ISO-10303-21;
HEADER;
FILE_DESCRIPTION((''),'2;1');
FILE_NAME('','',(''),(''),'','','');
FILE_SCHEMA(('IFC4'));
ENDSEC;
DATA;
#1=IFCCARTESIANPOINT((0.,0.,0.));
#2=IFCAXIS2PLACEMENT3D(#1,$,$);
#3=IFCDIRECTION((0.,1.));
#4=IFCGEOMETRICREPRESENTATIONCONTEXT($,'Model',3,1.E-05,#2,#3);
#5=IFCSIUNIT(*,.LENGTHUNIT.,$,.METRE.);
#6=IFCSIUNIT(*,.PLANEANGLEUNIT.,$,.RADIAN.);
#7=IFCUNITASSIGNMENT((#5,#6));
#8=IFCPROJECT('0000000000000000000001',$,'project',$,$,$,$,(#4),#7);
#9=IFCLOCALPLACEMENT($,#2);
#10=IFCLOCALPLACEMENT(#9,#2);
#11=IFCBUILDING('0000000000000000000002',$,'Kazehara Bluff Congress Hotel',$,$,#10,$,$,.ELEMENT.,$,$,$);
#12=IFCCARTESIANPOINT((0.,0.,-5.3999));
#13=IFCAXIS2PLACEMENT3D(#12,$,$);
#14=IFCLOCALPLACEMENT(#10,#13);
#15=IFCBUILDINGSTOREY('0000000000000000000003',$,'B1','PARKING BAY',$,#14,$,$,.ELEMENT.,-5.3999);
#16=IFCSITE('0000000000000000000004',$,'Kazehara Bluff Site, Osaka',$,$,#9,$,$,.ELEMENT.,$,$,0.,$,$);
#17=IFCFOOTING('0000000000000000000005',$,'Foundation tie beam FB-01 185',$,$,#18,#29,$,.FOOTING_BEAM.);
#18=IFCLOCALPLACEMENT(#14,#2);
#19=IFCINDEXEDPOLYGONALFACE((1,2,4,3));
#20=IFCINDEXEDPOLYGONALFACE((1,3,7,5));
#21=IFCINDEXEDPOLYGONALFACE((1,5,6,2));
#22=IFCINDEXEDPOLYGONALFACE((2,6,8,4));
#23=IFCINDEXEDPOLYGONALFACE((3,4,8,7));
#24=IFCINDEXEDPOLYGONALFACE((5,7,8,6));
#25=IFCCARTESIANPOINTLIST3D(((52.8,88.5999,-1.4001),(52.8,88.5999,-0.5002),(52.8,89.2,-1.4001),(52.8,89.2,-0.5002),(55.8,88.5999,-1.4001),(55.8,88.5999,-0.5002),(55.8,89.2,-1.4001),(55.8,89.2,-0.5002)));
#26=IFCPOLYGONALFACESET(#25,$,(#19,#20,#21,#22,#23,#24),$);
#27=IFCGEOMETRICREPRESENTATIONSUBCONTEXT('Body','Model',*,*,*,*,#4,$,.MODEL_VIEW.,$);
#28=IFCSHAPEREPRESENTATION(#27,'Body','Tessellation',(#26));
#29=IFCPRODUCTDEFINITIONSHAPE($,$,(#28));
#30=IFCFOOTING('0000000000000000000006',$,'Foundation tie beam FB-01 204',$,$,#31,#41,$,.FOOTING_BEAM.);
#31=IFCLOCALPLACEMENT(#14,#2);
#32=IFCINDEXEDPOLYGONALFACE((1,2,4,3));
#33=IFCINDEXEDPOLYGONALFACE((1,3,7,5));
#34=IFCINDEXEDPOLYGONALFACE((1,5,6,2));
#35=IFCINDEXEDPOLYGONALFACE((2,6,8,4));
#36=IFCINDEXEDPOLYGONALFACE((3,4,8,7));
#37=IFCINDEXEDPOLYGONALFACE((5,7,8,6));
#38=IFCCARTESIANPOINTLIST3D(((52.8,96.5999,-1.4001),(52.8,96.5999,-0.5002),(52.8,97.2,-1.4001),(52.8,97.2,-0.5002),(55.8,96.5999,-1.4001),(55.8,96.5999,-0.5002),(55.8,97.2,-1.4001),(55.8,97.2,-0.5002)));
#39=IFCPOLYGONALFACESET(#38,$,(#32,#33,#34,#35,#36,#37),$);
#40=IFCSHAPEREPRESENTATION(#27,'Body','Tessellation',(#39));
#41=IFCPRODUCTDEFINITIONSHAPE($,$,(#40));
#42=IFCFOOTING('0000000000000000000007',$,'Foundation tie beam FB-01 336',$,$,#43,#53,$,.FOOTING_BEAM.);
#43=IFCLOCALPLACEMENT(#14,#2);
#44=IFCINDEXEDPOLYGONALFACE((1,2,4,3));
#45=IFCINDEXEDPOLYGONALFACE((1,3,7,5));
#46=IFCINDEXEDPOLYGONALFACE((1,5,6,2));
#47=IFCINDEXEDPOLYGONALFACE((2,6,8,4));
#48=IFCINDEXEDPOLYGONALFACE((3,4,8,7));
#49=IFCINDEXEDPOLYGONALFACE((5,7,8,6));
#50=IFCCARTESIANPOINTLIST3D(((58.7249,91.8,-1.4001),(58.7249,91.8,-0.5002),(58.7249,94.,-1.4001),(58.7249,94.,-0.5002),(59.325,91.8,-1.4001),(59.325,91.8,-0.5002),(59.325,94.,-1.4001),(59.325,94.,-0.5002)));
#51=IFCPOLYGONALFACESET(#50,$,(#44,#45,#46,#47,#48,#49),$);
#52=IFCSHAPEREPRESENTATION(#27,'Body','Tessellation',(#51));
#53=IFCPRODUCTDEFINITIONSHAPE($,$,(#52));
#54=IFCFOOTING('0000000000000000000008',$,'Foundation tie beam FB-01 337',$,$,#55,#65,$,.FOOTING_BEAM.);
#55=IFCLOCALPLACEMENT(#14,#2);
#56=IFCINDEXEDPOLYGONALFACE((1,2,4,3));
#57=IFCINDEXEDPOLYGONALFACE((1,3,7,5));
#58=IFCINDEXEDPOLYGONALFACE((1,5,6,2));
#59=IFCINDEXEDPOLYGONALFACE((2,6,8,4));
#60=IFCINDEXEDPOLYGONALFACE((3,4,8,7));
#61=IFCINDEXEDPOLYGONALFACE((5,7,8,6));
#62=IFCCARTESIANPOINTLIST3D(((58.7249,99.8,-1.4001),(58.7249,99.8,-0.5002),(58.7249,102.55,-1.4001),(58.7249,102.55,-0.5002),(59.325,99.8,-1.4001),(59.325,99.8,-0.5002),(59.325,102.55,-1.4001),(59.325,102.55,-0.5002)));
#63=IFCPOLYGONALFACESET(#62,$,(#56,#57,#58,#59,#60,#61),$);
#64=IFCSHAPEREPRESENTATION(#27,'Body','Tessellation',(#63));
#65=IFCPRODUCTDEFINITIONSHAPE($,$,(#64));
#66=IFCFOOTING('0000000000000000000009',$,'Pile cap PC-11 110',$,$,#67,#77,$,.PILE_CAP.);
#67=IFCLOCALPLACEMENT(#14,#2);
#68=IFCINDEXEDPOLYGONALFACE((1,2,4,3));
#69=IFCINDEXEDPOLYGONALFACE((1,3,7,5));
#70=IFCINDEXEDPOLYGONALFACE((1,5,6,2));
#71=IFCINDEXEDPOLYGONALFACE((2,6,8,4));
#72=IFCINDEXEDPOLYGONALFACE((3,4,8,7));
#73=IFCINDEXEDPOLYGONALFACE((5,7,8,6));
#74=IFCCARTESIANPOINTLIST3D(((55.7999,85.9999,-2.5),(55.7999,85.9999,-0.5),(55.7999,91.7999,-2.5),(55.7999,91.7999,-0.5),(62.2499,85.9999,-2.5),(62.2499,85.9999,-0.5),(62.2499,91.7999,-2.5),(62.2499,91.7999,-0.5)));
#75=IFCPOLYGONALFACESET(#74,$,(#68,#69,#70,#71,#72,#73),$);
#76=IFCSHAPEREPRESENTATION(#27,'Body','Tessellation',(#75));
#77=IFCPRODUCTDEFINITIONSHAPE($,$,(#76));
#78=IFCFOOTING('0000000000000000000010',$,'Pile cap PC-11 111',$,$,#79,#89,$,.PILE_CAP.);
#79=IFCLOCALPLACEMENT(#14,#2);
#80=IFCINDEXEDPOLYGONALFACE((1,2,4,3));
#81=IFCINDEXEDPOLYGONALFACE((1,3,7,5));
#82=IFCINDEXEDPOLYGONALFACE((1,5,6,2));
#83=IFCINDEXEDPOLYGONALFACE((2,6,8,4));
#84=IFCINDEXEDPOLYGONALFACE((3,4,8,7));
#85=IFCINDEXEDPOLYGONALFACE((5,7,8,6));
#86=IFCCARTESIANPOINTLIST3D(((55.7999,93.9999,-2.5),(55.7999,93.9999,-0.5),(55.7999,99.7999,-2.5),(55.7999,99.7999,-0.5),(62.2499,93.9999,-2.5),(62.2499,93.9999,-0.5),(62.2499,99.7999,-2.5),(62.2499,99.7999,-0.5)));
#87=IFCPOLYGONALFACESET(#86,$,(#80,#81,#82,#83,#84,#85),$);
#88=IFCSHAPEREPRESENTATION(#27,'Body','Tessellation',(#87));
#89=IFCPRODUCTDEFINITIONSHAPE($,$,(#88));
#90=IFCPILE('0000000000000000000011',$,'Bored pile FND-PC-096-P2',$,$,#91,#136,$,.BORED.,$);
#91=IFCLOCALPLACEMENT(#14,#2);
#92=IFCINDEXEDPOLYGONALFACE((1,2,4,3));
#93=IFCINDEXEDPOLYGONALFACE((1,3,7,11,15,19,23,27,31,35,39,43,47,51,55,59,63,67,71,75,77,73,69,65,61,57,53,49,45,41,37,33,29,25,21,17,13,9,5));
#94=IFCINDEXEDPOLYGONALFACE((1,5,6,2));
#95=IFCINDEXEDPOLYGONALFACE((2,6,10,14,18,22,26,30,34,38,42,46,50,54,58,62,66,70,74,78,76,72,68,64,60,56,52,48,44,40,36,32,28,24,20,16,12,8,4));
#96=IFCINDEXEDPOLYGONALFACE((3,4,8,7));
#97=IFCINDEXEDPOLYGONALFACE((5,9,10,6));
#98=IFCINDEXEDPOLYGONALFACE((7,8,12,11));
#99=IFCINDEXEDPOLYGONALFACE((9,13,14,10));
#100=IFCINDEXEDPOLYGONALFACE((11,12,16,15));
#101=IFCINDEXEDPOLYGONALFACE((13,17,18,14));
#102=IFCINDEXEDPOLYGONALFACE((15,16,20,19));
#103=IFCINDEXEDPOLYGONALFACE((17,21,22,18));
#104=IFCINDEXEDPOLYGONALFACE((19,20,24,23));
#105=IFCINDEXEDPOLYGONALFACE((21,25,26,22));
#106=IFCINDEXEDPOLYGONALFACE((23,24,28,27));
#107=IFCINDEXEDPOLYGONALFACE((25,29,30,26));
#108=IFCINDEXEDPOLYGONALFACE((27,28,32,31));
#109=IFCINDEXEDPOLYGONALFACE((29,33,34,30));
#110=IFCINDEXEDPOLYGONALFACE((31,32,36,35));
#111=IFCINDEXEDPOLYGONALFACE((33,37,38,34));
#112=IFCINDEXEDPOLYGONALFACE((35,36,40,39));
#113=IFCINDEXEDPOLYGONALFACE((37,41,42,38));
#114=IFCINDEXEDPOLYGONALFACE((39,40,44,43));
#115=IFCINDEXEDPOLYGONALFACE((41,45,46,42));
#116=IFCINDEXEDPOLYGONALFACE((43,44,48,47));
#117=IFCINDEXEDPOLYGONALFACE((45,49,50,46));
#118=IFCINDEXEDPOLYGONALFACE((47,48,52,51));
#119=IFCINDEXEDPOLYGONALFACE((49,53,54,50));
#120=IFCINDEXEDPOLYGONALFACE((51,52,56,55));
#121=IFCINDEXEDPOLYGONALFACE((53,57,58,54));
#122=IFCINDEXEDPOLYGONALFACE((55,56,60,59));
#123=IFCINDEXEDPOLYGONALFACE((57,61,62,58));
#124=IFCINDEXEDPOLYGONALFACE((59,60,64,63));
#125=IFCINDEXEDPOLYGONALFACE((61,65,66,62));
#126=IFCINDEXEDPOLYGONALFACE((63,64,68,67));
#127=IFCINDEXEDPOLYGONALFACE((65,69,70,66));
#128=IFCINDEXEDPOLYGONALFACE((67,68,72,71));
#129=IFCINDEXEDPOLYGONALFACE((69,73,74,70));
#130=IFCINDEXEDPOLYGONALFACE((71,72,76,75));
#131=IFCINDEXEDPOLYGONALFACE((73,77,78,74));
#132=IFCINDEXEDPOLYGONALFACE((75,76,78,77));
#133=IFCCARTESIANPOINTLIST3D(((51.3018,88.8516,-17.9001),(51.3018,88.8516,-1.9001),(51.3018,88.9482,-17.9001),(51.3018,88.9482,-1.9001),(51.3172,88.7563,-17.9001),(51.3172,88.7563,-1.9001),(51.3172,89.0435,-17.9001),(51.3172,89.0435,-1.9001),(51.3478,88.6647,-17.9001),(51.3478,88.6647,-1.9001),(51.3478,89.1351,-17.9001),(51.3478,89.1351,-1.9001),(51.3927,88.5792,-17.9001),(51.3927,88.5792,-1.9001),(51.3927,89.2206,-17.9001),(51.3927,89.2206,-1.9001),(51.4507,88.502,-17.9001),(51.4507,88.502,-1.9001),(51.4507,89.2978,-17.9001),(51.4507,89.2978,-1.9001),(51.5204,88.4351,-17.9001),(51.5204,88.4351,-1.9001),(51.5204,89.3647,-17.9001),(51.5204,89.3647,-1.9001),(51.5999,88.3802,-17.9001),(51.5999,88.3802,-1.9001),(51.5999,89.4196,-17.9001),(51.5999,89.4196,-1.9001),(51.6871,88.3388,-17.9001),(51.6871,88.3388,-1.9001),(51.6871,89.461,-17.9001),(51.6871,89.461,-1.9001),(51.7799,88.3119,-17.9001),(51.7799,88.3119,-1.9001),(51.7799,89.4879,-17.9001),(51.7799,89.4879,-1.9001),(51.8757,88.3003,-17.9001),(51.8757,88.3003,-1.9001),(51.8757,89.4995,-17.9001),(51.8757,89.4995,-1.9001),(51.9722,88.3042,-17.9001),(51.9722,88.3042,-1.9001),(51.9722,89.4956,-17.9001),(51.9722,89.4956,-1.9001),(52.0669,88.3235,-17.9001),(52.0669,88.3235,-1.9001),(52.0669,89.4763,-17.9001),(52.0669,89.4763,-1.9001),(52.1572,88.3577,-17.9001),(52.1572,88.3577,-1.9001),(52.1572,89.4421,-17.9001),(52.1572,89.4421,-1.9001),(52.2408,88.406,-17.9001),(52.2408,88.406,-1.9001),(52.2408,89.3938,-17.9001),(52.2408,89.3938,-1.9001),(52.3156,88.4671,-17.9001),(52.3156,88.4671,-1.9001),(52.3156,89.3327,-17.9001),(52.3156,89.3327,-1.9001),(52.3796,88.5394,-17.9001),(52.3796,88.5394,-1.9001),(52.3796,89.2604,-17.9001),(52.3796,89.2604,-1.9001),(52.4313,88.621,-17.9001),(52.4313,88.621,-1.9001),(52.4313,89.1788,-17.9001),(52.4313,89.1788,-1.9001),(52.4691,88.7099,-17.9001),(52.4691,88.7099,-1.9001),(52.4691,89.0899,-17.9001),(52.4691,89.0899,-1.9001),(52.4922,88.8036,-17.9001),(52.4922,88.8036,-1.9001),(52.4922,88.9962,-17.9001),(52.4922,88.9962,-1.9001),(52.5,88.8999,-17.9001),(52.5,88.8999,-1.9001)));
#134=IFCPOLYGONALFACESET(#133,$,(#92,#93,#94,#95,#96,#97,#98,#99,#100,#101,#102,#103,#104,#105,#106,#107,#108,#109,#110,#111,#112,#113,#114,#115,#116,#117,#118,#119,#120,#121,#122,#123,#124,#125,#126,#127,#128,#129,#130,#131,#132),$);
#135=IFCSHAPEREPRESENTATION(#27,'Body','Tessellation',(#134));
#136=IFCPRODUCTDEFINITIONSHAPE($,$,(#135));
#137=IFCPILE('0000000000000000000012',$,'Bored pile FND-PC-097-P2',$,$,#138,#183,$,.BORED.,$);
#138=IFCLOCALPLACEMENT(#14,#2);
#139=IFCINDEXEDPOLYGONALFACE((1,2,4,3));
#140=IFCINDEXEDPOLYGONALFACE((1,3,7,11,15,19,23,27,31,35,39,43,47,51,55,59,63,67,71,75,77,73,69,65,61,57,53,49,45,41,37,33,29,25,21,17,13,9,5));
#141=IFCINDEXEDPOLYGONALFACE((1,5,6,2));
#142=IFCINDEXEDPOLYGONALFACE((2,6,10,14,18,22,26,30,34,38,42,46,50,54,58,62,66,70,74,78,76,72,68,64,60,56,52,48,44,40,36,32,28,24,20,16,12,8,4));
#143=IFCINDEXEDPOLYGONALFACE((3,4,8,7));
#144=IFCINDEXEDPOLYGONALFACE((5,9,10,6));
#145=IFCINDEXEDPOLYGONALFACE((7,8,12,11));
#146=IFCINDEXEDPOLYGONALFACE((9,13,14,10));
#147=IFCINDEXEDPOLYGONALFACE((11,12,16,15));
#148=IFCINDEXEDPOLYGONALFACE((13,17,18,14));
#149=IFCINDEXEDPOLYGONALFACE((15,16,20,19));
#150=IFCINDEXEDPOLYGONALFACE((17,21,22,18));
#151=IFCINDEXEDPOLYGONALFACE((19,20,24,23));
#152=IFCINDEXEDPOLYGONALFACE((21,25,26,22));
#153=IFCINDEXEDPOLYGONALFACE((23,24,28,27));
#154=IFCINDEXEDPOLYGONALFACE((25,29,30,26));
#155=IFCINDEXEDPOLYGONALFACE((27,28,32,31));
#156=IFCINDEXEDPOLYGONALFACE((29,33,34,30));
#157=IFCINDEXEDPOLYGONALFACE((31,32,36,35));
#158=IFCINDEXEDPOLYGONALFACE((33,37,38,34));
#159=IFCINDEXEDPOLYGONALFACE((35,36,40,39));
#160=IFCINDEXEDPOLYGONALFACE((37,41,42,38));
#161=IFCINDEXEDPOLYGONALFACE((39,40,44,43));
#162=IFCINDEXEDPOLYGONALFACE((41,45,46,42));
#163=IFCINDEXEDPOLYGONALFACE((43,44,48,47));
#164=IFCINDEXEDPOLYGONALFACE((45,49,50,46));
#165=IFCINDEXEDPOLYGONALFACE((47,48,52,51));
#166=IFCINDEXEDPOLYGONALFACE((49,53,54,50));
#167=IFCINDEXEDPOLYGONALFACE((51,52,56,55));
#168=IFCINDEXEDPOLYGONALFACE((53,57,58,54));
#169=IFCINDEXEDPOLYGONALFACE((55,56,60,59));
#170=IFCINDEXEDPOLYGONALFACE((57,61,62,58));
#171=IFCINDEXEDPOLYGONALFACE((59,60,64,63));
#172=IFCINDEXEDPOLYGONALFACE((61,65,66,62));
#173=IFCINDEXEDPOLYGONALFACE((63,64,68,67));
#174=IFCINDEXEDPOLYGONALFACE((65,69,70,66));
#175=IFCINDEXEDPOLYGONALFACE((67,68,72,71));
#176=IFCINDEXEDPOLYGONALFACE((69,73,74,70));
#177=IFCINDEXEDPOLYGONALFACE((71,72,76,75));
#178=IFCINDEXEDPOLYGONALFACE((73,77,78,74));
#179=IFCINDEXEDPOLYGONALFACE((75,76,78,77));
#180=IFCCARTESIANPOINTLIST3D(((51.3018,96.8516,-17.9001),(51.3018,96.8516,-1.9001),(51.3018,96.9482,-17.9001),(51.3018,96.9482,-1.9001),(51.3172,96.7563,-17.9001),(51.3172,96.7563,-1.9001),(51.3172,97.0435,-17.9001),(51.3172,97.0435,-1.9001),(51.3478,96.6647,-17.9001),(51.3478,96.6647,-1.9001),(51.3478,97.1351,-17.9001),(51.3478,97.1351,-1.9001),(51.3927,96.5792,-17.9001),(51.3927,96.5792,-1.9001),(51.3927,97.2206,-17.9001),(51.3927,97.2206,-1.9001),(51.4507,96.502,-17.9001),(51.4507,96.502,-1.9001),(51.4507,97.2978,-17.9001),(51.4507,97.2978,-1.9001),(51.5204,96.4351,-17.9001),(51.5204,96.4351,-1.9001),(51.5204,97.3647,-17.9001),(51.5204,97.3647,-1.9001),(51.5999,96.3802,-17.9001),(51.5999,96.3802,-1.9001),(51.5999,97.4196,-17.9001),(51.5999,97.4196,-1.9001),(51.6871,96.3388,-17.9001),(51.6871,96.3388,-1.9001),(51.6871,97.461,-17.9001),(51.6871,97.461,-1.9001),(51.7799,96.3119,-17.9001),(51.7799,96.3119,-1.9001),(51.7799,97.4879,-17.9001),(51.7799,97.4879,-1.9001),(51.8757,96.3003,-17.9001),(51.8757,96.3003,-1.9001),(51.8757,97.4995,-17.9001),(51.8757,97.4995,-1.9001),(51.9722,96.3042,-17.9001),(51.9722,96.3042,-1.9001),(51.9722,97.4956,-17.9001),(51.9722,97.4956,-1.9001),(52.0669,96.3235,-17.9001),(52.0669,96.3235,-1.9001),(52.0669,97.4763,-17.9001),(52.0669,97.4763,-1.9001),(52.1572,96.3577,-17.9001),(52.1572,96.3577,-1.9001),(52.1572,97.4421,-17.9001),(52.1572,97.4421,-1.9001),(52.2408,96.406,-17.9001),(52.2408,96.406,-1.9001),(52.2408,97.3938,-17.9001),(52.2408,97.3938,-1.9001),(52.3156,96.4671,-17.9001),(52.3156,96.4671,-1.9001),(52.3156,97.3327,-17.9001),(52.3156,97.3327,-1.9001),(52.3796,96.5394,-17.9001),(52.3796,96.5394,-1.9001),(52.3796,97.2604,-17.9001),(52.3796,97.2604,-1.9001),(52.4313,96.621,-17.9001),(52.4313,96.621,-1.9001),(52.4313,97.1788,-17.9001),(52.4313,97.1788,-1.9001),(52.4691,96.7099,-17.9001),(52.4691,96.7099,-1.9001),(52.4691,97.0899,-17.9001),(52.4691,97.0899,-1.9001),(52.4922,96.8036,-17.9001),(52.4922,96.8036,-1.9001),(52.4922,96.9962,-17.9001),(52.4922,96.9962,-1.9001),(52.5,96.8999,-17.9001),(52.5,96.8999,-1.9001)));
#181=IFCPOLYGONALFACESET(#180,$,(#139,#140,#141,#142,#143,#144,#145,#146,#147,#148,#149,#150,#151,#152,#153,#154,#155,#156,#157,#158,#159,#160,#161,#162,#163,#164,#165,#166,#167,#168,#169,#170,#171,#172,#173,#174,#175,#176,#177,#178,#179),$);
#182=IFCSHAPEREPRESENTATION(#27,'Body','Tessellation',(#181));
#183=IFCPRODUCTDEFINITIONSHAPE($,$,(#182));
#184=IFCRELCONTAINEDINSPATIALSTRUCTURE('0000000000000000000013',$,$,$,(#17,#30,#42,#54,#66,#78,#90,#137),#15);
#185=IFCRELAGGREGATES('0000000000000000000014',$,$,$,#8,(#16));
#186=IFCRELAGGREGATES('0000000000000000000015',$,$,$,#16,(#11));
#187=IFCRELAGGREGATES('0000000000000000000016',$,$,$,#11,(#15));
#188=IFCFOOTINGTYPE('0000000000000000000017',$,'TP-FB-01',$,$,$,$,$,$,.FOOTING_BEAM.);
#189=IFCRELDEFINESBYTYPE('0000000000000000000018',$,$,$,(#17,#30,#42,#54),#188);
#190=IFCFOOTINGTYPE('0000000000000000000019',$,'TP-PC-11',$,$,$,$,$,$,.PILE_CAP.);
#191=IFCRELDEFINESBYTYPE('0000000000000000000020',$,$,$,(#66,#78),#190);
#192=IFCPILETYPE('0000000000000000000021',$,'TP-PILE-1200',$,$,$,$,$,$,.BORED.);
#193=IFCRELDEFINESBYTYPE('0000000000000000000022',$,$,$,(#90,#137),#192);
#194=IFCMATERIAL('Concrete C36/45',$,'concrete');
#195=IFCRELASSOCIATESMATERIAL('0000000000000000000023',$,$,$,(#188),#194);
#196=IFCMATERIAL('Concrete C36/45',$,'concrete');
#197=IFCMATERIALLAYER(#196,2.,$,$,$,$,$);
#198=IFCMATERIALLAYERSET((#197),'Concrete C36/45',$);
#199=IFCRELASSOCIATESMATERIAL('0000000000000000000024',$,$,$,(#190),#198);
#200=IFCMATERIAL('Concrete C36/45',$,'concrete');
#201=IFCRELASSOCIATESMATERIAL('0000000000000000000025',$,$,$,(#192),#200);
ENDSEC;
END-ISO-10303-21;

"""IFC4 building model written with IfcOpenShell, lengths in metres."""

from ifc_helpers import new_model, si_unit, direction, frame, origin, origin_2d, place, context, subcontext, project, spatial, rectangle, circle, extrude, material, layer, layer_set, material_profile, profile_set, type_object, element, save


model = new_model("IFC4")

# Units and contexts
model_context = context("Model", 3, precision=1e-05, world=origin(), true_north=direction((0.0, 1.0)))
body_context = subcontext(model_context, "Body", "Model", "MODEL_VIEW")
ifc_project = project(units=[si_unit("LENGTHUNIT", "METRE"), si_unit("PLANEANGLEUNIT", "RADIAN")], contexts=[model_context])

# Site, building, storey
site_placement = place(None, origin())
site = spatial("IfcSite", under=ifc_project, at=site_placement, Name="Kazehara Bluff Site, Osaka", CompositionType="ELEMENT", RefElevation=0.0)
building_placement = place(site_placement, origin())
building = spatial("IfcBuilding", under=site, at=building_placement, Name="Kazehara Bluff Congress Hotel", CompositionType="ELEMENT")
storey_placement = place(building_placement, frame((0.0, 0.0, -5.3999)))
storey = spatial("IfcBuildingStorey", under=building, at=storey_placement, Name="B1", Description="PARKING BAY", CompositionType="ELEMENT", Elevation=-5.3999)

# Footings
ifc_material_1 = material(Name="Concrete C36/45", Category="concrete")
ifc_material_profile_1 = material_profile(ifc_material_1, rectangle(XDim=0.6001, YDim=0.8999, at=origin_2d()))
ifc_profile_set_1 = profile_set([ifc_material_profile_1], Name="Concrete C36/45")
footing_type_1 = type_object("IfcFootingType", Name="TP-FB-01", PredefinedType="FOOTING_BEAM", material=ifc_profile_set_1)
for number, where, z_axis, x_axis, name in (
    (1, (52.8, 88.8999, -0.9502), (1.0, 0.0, 0.0), (0.0, 1.0, 0.0), "Foundation tie beam FB-01 185"),
    (2, (52.8, 96.8999, -0.9502), (1.0, 0.0, 0.0), (0.0, 1.0, 0.0), "Foundation tie beam FB-01 204"),
):
    element("IfcFooting", number, at=place(storey_placement, frame(where, z_axis=z_axis, x_axis=x_axis)), inside=storey, type_object=footing_type_1, Name=name, PredefinedType="FOOTING_BEAM", context=body_context, shape_type="SweptSolid", body=[
        extrude(rectangle(XDim=0.6001, YDim=0.8999, at=origin_2d()), origin(), (0.0, 0.0, 1.0), 3.0),
    ])
footing_1_placement = place(storey_placement, frame((59.0249, 91.8, -0.9502), z_axis=(0.0, 1.0, 0.0), x_axis=(-1.0, 0.0, 0.0)))
element("IfcFooting", 3, at=footing_1_placement, inside=storey, type_object=footing_type_1, Name="Foundation tie beam FB-01 336", PredefinedType="FOOTING_BEAM", context=body_context, shape_type="SweptSolid", body=[
    extrude(rectangle(XDim=0.6001, YDim=0.8999, at=origin_2d()), origin(), (0.0, 0.0, 1.0), 2.2),
])
footing_2_placement = place(storey_placement, frame((59.0249, 99.8, -0.9502), z_axis=(0.0, 1.0, 0.0), x_axis=(-1.0, 0.0, 0.0)))
element("IfcFooting", 4, at=footing_2_placement, inside=storey, type_object=footing_type_1, Name="Foundation tie beam FB-01 337", PredefinedType="FOOTING_BEAM", context=body_context, shape_type="SweptSolid", body=[
    extrude(rectangle(XDim=0.6001, YDim=0.8999, at=origin_2d()), origin(), (0.0, 0.0, 1.0), 2.75),
])
ifc_material_2 = material(Name="Concrete C36/45", Category="concrete")
ifc_layer = layer(ifc_material_2, 2.0)
ifc_layer_set = layer_set([ifc_layer], Name="Concrete C36/45")
footing_type_2 = type_object("IfcFootingType", Name="TP-PC-11", PredefinedType="PILE_CAP", material=ifc_layer_set)
for number, where, z_axis, x_axis, name in (
    (5, (59.0249, 88.8999, -2.5), (0.0, 0.0, 1.0), (1.0, 0.0, 0.0), "Pile cap PC-11 110"),
    (6, (59.0249, 96.8999, -2.5), (0.0, 0.0, 1.0), (1.0, 0.0, 0.0), "Pile cap PC-11 111"),
):
    element("IfcFooting", number, at=place(storey_placement, frame(where, z_axis=z_axis, x_axis=x_axis)), inside=storey, type_object=footing_type_2, Name=name, PredefinedType="PILE_CAP", context=body_context, shape_type="SweptSolid", body=[
        extrude(rectangle(XDim=6.45, YDim=5.8, at=origin_2d()), origin(), (0.0, 0.0, 1.0), 2.0),
    ])

# Piles
ifc_material_3 = material(Name="Concrete C36/45", Category="concrete")
ifc_material_profile_2 = material_profile(ifc_material_3, circle(Radius=0.6001, at=origin_2d()))
ifc_profile_set_2 = profile_set([ifc_material_profile_2], Name="Concrete C36/45")
pile_type_1 = type_object("IfcPileType", Name="TP-PILE-1200", PredefinedType="BORED", material=ifc_profile_set_2)
for number, where, z_axis, x_axis, name in (
    (7, (51.8999, 88.8999, -1.9001), (0.0, 0.0, -1.0), (1.0, 0.0, 0.0), "Bored pile FND-PC-096-P2"),
    (8, (51.8999, 96.8999, -1.9001), (0.0, 0.0, -1.0), (1.0, 0.0, 0.0), "Bored pile FND-PC-097-P2"),
):
    element("IfcPile", number, at=place(storey_placement, frame(where, z_axis=z_axis, x_axis=x_axis)), inside=storey, type_object=pile_type_1, Name=name, PredefinedType="BORED", context=body_context, shape_type="SweptSolid", body=[
        extrude(circle(Radius=0.6001, at=origin_2d()), origin(), (0.0, 0.0, 1.0), 16.0),
    ])

save(model, "model.ifc")
